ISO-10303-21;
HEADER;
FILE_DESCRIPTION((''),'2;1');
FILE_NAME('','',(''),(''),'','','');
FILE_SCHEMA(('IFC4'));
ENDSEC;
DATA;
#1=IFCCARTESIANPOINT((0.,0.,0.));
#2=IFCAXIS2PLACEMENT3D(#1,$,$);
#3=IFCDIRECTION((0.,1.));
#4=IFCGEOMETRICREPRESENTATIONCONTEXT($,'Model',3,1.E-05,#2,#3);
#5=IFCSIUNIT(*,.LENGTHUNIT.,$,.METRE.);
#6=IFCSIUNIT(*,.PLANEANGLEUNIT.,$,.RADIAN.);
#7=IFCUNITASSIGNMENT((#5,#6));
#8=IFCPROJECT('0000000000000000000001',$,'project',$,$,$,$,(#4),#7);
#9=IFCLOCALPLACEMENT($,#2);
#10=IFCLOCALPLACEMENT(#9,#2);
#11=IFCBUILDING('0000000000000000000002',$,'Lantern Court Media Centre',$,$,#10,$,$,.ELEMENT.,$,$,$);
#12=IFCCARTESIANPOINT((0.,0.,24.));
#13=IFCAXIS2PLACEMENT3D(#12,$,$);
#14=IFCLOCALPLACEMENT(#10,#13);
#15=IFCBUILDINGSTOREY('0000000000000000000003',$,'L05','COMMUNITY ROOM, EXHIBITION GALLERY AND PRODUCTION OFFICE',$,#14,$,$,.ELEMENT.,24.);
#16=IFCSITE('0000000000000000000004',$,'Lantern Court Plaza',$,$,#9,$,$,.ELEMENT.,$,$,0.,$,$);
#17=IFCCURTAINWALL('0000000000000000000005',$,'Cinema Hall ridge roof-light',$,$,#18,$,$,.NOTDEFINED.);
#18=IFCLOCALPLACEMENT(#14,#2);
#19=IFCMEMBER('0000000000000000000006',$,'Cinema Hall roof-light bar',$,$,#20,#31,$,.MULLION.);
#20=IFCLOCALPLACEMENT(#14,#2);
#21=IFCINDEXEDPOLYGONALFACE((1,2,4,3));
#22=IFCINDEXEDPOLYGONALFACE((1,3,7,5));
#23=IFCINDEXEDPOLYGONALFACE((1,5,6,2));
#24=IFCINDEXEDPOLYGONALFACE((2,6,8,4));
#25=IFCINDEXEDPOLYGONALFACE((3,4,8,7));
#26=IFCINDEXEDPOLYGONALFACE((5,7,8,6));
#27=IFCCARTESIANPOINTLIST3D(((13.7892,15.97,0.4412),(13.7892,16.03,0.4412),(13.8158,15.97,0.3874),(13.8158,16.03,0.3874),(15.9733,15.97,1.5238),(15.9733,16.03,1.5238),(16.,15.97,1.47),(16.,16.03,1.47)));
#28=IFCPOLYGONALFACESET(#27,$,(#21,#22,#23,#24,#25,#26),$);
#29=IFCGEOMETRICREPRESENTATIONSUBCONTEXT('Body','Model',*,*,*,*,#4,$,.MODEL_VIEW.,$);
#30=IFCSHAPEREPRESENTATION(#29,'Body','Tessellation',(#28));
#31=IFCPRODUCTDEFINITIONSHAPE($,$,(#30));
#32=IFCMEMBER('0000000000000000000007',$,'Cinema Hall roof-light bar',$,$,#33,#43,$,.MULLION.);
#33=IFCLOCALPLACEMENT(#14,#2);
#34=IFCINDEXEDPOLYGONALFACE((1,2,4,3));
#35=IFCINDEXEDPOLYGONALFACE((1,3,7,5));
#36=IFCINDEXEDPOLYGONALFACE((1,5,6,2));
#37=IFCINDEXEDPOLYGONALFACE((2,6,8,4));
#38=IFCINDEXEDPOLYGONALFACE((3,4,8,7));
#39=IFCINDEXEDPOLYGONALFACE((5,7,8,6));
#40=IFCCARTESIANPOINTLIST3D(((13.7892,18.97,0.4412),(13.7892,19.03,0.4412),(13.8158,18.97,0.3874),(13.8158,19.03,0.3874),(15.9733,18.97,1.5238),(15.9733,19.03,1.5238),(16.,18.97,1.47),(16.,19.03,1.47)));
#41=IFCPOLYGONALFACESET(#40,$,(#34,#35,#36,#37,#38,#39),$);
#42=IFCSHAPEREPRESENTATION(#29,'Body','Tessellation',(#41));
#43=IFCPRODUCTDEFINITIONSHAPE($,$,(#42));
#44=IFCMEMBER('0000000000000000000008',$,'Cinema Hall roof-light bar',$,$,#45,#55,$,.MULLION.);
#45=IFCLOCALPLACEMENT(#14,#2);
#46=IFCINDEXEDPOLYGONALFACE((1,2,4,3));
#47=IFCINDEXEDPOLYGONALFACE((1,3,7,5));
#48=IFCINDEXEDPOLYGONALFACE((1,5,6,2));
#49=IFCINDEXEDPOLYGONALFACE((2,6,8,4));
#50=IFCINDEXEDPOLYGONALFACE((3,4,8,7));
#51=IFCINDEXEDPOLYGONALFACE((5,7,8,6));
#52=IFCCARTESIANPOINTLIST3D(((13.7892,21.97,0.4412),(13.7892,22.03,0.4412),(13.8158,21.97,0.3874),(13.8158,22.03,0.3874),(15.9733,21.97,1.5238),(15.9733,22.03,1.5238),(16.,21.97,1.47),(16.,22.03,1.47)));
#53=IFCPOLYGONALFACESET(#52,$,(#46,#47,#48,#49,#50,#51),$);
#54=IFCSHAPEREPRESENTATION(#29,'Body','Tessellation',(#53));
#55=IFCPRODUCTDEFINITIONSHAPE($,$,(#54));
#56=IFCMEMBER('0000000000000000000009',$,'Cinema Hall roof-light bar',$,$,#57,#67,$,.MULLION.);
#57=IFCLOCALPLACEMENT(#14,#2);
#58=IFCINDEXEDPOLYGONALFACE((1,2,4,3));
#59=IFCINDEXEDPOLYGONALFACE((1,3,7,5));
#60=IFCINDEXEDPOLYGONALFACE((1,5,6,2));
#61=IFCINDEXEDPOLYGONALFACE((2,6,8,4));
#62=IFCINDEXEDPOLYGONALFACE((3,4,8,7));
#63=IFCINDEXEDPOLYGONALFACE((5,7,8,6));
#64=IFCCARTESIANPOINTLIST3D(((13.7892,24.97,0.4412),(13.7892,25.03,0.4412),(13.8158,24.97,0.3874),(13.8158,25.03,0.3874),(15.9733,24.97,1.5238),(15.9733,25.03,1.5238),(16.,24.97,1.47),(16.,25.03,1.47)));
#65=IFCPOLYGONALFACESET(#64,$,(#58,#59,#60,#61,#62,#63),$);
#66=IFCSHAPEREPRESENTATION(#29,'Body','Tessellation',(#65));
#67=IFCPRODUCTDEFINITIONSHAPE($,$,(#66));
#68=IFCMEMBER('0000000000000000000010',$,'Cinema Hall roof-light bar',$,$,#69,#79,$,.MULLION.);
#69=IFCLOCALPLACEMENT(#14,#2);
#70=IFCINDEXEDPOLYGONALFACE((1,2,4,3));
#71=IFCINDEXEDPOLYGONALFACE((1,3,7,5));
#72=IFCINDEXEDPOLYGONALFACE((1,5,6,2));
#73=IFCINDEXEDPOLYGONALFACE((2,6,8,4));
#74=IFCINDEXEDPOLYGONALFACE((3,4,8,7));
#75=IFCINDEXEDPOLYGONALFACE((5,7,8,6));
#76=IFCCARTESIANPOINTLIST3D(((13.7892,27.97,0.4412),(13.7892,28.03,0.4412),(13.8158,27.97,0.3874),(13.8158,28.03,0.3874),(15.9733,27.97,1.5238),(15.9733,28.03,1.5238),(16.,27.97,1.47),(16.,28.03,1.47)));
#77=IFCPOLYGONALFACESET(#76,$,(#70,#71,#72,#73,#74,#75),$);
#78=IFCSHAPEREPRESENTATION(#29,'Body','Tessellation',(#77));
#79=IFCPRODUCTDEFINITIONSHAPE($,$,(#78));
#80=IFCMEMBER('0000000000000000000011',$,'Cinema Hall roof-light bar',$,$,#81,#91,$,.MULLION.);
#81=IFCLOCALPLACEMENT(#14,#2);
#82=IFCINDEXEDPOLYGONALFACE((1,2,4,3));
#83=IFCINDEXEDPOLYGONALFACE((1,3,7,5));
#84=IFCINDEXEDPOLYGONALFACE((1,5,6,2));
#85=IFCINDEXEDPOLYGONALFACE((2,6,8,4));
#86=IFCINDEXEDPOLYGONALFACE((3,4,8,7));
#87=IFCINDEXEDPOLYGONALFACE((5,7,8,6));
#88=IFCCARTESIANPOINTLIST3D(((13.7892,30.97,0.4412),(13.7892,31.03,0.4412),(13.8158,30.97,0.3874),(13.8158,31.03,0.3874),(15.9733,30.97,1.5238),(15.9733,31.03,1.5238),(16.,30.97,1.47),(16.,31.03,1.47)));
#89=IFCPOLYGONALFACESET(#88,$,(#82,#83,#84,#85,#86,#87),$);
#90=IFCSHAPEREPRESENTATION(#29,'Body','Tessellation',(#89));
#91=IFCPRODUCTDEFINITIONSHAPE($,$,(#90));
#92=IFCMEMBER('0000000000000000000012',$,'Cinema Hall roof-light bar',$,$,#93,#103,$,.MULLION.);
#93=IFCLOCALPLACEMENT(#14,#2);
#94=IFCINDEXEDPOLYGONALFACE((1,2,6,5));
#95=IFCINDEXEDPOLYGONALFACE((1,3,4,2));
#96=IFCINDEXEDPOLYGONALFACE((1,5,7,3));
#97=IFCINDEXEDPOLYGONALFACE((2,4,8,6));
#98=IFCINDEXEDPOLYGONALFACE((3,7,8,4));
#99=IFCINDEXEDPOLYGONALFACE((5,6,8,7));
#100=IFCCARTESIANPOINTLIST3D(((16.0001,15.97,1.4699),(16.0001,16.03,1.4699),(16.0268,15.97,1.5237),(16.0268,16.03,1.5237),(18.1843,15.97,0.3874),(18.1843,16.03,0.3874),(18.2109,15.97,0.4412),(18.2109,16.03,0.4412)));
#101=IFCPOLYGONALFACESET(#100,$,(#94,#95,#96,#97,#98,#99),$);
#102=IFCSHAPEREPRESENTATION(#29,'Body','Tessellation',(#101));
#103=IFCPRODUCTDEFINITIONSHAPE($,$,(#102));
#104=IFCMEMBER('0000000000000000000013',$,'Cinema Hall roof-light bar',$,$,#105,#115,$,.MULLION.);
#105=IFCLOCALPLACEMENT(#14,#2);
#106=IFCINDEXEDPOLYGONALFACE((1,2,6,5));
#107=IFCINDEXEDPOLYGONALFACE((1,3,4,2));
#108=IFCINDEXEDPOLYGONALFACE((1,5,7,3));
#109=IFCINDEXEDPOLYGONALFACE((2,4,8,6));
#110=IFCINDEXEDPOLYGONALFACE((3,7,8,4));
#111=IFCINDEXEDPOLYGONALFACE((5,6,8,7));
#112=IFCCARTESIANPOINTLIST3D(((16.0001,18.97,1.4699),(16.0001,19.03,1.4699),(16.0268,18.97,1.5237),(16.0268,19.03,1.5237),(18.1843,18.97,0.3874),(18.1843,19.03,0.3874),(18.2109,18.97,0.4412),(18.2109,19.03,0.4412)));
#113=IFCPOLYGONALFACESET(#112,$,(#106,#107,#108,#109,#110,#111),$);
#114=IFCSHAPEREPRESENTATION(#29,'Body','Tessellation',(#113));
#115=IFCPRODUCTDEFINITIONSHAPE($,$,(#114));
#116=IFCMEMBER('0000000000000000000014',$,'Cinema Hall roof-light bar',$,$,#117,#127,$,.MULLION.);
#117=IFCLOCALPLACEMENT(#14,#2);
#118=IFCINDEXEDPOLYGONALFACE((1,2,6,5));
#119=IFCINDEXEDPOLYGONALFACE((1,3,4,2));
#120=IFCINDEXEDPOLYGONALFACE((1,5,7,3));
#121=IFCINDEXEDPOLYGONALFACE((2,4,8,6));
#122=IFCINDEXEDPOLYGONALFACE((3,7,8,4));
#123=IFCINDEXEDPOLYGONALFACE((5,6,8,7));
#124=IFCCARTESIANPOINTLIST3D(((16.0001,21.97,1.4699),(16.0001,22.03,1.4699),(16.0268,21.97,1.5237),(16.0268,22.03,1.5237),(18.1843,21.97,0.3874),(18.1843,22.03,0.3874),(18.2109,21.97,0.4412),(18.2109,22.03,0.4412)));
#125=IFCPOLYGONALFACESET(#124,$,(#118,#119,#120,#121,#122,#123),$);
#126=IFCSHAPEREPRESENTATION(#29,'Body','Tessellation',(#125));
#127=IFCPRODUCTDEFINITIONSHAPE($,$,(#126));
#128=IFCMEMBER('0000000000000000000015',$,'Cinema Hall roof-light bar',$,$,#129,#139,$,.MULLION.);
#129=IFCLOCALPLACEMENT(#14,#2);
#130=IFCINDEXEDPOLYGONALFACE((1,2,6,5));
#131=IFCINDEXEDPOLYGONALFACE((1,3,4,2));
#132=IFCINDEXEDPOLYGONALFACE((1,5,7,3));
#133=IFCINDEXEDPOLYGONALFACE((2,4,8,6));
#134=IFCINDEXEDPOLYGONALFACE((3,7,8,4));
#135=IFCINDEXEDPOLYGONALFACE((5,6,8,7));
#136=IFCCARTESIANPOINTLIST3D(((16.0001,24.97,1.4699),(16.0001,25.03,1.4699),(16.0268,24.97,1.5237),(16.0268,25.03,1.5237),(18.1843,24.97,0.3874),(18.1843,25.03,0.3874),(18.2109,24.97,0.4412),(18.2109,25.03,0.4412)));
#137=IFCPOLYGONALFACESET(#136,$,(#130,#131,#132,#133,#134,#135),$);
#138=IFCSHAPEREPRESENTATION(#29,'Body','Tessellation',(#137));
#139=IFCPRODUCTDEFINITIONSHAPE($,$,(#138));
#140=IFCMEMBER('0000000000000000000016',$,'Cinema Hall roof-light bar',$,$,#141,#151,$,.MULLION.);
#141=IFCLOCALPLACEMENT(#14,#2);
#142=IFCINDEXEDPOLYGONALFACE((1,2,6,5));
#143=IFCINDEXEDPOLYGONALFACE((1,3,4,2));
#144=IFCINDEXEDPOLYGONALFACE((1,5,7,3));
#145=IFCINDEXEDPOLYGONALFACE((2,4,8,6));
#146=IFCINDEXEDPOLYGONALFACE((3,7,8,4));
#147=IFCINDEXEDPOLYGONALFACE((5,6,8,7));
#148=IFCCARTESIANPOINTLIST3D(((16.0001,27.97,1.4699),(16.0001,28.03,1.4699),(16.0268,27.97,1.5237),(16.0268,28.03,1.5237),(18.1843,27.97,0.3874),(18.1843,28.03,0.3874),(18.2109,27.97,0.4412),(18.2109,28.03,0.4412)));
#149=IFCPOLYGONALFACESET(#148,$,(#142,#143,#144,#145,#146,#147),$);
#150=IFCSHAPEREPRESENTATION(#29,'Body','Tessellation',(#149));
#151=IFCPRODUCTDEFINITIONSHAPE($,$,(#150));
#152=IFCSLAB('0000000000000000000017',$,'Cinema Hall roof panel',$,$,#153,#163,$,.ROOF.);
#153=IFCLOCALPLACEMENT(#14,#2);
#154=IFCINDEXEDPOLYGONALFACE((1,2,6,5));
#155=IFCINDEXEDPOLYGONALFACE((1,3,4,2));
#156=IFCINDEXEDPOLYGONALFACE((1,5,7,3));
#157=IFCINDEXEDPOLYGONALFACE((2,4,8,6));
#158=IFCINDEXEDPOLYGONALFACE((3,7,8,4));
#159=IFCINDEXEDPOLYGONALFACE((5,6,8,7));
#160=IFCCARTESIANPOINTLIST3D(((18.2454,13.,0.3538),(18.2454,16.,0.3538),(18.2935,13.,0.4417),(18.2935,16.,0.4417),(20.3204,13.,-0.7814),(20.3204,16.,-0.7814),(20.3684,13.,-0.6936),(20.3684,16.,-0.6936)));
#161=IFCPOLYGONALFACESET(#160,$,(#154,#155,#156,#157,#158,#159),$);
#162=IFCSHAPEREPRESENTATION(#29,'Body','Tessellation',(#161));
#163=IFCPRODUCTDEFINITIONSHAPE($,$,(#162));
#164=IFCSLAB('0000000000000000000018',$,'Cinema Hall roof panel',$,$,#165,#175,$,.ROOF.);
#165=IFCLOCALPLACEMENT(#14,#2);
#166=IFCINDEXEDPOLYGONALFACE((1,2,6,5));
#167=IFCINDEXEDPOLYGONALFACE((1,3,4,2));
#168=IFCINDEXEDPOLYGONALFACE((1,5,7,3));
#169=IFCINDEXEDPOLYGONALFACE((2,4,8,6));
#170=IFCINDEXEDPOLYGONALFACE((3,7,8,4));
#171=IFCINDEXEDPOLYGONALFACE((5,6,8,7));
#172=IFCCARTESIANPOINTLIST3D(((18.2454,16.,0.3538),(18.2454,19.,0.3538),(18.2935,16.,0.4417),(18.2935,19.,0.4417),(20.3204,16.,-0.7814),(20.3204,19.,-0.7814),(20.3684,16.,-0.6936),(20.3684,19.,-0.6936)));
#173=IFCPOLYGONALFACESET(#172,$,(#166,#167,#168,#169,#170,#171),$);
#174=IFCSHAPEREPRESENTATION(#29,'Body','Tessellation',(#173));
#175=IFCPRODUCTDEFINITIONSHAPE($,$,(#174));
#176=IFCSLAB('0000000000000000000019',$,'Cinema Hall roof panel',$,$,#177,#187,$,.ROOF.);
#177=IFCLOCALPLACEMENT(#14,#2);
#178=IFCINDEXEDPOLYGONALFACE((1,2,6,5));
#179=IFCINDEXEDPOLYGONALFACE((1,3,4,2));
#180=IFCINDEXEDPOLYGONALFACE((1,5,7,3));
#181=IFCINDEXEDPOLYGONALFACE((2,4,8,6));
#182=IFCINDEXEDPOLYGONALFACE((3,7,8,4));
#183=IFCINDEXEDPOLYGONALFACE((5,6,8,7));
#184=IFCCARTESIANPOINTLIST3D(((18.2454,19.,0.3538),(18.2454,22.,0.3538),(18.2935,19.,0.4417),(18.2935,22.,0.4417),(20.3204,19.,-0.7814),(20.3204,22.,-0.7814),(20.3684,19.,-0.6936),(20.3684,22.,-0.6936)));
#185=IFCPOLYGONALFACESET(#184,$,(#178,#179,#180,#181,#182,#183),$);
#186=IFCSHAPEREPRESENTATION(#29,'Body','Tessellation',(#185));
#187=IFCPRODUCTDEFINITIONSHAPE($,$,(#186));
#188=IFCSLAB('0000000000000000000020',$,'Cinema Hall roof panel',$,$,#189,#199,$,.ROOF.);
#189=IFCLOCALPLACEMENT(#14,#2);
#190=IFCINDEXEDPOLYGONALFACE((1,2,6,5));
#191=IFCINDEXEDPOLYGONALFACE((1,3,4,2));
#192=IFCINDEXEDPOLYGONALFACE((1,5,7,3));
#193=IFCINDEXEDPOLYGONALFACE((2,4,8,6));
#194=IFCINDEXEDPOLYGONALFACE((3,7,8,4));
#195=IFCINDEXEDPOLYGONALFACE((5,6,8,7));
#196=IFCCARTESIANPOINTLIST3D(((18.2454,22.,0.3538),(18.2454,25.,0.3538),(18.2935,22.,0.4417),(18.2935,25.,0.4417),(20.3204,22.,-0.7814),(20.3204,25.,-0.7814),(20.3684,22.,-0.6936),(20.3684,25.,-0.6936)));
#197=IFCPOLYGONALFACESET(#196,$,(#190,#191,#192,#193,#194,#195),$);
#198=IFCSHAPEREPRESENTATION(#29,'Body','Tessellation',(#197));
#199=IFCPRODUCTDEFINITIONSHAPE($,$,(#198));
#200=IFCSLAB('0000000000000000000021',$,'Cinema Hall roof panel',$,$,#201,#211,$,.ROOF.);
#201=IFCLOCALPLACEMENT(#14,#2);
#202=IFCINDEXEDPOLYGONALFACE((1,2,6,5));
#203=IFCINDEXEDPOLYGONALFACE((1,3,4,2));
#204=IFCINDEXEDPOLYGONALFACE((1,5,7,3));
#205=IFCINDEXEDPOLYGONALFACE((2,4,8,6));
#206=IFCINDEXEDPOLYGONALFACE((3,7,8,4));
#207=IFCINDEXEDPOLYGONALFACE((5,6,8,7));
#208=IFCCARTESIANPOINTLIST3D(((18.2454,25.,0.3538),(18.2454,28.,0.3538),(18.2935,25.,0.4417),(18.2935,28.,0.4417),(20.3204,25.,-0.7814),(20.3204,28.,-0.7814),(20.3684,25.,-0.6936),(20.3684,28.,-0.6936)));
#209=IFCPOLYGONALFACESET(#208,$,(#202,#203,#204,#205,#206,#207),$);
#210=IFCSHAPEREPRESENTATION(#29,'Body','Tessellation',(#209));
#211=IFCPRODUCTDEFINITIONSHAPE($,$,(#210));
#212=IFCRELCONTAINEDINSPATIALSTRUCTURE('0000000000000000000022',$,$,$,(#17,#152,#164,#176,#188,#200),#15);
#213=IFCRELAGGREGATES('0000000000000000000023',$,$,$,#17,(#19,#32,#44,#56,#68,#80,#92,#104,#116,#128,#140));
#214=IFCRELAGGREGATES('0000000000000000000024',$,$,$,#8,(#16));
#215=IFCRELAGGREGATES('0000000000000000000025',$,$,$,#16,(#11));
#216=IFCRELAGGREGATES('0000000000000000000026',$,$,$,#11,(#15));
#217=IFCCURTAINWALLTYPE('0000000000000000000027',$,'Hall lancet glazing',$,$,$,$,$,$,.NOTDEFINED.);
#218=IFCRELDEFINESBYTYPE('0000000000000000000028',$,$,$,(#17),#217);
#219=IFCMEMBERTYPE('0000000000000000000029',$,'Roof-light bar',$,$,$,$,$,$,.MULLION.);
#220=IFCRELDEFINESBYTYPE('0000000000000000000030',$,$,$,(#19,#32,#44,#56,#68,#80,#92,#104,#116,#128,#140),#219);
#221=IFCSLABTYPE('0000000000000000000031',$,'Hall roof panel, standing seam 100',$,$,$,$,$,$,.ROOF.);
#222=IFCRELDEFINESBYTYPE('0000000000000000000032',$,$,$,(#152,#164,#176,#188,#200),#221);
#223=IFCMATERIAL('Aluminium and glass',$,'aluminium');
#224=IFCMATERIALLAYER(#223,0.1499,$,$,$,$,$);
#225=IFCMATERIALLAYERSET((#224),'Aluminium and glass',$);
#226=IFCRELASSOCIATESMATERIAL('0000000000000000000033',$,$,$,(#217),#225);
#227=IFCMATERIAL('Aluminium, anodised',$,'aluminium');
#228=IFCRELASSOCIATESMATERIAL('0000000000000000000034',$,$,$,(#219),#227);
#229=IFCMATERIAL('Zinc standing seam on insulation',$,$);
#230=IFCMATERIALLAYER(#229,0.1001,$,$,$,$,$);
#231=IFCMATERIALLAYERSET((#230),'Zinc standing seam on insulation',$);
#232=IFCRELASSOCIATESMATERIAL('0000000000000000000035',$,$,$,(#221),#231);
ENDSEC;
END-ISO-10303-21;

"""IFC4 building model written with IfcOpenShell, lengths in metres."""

from ifc_helpers import new_model, si_unit, direction, frame, origin, origin_2d, place, context, subcontext, project, spatial, polyline, rectangle, outline, extrude, material, layer, layer_set, material_profile, profile_set, type_object, element, aggregate, save


model = new_model("IFC4")

# Units and contexts
model_context = context("Model", 3, precision=1e-05, world=origin(), true_north=direction((0.0, 1.0)))
body_context = subcontext(model_context, "Body", "Model", "MODEL_VIEW")
ifc_project = project(units=[si_unit("LENGTHUNIT", "METRE"), si_unit("PLANEANGLEUNIT", "RADIAN")], contexts=[model_context])

# Site, building, storey
site_placement = place(None, origin())
site = spatial("IfcSite", under=ifc_project, at=site_placement, Name="Lantern Court Plaza", CompositionType="ELEMENT", RefElevation=0.0)
building_placement = place(site_placement, origin())
building = spatial("IfcBuilding", under=site, at=building_placement, Name="Lantern Court Media Centre", CompositionType="ELEMENT")
storey_placement = place(building_placement, frame((0.0, 0.0, 24.0)))
storey = spatial("IfcBuildingStorey", under=building, at=storey_placement, Name="L05", Description="COMMUNITY ROOM, EXHIBITION GALLERY AND PRODUCTION OFFICE", CompositionType="ELEMENT", Elevation=24.0)

# Curtain wall, members
ifc_material_1 = material(Name="Aluminium and glass", Category="aluminium")
ifc_layer_1 = layer(ifc_material_1, 0.1499)
ifc_layer_set_1 = layer_set([ifc_layer_1], Name="Aluminium and glass")
curtain_wall_type = type_object("IfcCurtainWallType", Name="Hall lancet glazing", PredefinedType="NOTDEFINED", material=ifc_layer_set_1)
curtain_wall_placement = place(storey_placement, origin())
curtain_wall = element("IfcCurtainWall", 1, at=curtain_wall_placement, inside=storey, type_object=curtain_wall_type, Name="Cinema Hall ridge roof-light", PredefinedType="NOTDEFINED")
ifc_material_2 = material(Name="Aluminium, anodised", Category="aluminium")
ifc_material_profile = material_profile(ifc_material_2, rectangle(XDim=0.0601, YDim=0.0601, at=origin_2d()), Name="Roof-light bar")
ifc_profile_set = profile_set([ifc_material_profile], Name="Aluminium, anodised")
member_type = type_object("IfcMemberType", Name="Roof-light bar", PredefinedType="MULLION", material=ifc_profile_set)
member_1_placement = place(storey_placement, frame((13.8025, 16.0, 0.4143), z_axis=(0.895984, 0.0, 0.444086), x_axis=(0.0, 1.0, 0.0)))
member_1 = element("IfcMember", 2, at=member_1_placement, type_object=member_type, Name="Cinema Hall roof-light bar", PredefinedType="MULLION", context=body_context, shape_type="SweptSolid", body=[
    extrude(rectangle(XDim=0.0601, YDim=0.0601, at=origin_2d()), origin(), (0.0, 0.0, 1.0), 2.4377),
])
member_2_placement = place(storey_placement, frame((13.8025, 19.0, 0.4143), z_axis=(0.895984, 0.0, 0.444086), x_axis=(0.0, 1.0, 0.0)))
member_2 = element("IfcMember", 3, at=member_2_placement, type_object=member_type, Name="Cinema Hall roof-light bar", PredefinedType="MULLION", context=body_context, shape_type="SweptSolid", body=[
    extrude(rectangle(XDim=0.0601, YDim=0.0601, at=origin_2d()), origin(), (0.0, 0.0, 1.0), 2.4377),
])
member_3_placement = place(storey_placement, frame((13.8025, 22.0, 0.4143), z_axis=(0.895984, 0.0, 0.444086), x_axis=(0.0, 1.0, 0.0)))
member_3 = element("IfcMember", 4, at=member_3_placement, type_object=member_type, Name="Cinema Hall roof-light bar", PredefinedType="MULLION", context=body_context, shape_type="SweptSolid", body=[
    extrude(rectangle(XDim=0.0601, YDim=0.0601, at=origin_2d()), origin(), (0.0, 0.0, 1.0), 2.4377),
])
member_4_placement = place(storey_placement, frame((13.8025, 25.0, 0.4143), z_axis=(0.895984, 0.0, 0.444086), x_axis=(0.0, 1.0, 0.0)))
member_4 = element("IfcMember", 5, at=member_4_placement, type_object=member_type, Name="Cinema Hall roof-light bar", PredefinedType="MULLION", context=body_context, shape_type="SweptSolid", body=[
    extrude(rectangle(XDim=0.0601, YDim=0.0601, at=origin_2d()), origin(), (0.0, 0.0, 1.0), 2.4377),
])
member_5_placement = place(storey_placement, frame((13.8025, 28.0, 0.4143), z_axis=(0.895984, 0.0, 0.444086), x_axis=(0.0, 1.0, 0.0)))
member_5 = element("IfcMember", 6, at=member_5_placement, type_object=member_type, Name="Cinema Hall roof-light bar", PredefinedType="MULLION", context=body_context, shape_type="SweptSolid", body=[
    extrude(rectangle(XDim=0.0601, YDim=0.0601, at=origin_2d()), origin(), (0.0, 0.0, 1.0), 2.4377),
])
member_6_placement = place(storey_placement, frame((13.8025, 31.0, 0.4143), z_axis=(0.895984, 0.0, 0.444086), x_axis=(0.0, 1.0, 0.0)))
member_6 = element("IfcMember", 7, at=member_6_placement, type_object=member_type, Name="Cinema Hall roof-light bar", PredefinedType="MULLION", context=body_context, shape_type="SweptSolid", body=[
    extrude(rectangle(XDim=0.0601, YDim=0.0601, at=origin_2d()), origin(), (0.0, 0.0, 1.0), 2.4377),
])
member_7_placement = place(storey_placement, frame((16.0134, 16.0, 1.4968), z_axis=(0.895984, 0.0, -0.444086), x_axis=(0.0, 1.0, 0.0)))
member_7 = element("IfcMember", 8, at=member_7_placement, type_object=member_type, Name="Cinema Hall roof-light bar", PredefinedType="MULLION", context=body_context, shape_type="SweptSolid", body=[
    extrude(rectangle(XDim=0.0601, YDim=0.0601, at=origin_2d()), origin(), (0.0, 0.0, 1.0), 2.4377),
])
member_8_placement = place(storey_placement, frame((16.0134, 19.0, 1.4968), z_axis=(0.895984, 0.0, -0.444086), x_axis=(0.0, 1.0, 0.0)))
member_8 = element("IfcMember", 9, at=member_8_placement, type_object=member_type, Name="Cinema Hall roof-light bar", PredefinedType="MULLION", context=body_context, shape_type="SweptSolid", body=[
    extrude(rectangle(XDim=0.0601, YDim=0.0601, at=origin_2d()), origin(), (0.0, 0.0, 1.0), 2.4377),
])
member_9_placement = place(storey_placement, frame((16.0134, 22.0, 1.4968), z_axis=(0.895984, 0.0, -0.444086), x_axis=(0.0, 1.0, 0.0)))
member_9 = element("IfcMember", 10, at=member_9_placement, type_object=member_type, Name="Cinema Hall roof-light bar", PredefinedType="MULLION", context=body_context, shape_type="SweptSolid", body=[
    extrude(rectangle(XDim=0.0601, YDim=0.0601, at=origin_2d()), origin(), (0.0, 0.0, 1.0), 2.4377),
])
member_10_placement = place(storey_placement, frame((16.0134, 25.0, 1.4968), z_axis=(0.895984, 0.0, -0.444086), x_axis=(0.0, 1.0, 0.0)))
member_10 = element("IfcMember", 11, at=member_10_placement, type_object=member_type, Name="Cinema Hall roof-light bar", PredefinedType="MULLION", context=body_context, shape_type="SweptSolid", body=[
    extrude(rectangle(XDim=0.0601, YDim=0.0601, at=origin_2d()), origin(), (0.0, 0.0, 1.0), 2.4377),
])
member_11_placement = place(storey_placement, frame((16.0134, 28.0, 1.4968), z_axis=(0.895984, 0.0, -0.444086), x_axis=(0.0, 1.0, 0.0)))
member_11 = element("IfcMember", 12, at=member_11_placement, type_object=member_type, Name="Cinema Hall roof-light bar", PredefinedType="MULLION", context=body_context, shape_type="SweptSolid", body=[
    extrude(rectangle(XDim=0.0601, YDim=0.0601, at=origin_2d()), origin(), (0.0, 0.0, 1.0), 2.4377),
])

# Slabs
ifc_material_3 = material(Name="Zinc standing seam on insulation")
ifc_layer_2 = layer(ifc_material_3, 0.1001)
ifc_layer_set_2 = layer_set([ifc_layer_2], Name="Zinc standing seam on insulation")
slab_type = type_object("IfcSlabType", Name="Hall roof panel, standing seam 100", PredefinedType="ROOF", material=ifc_layer_set_2)
for number, where, z_axis, x_axis, name in (
    (13, (18.2935, 13.0, 0.4417), (0.47998, 0.0, 0.877279), (0.877279, 0.0, -0.47998), "Cinema Hall roof panel"),
    (14, (18.2935, 16.0, 0.4417), (0.47998, 0.0, 0.877279), (0.877279, 0.0, -0.47998), "Cinema Hall roof panel"),
    (15, (18.2935, 19.0, 0.4417), (0.47998, 0.0, 0.877279), (0.877279, 0.0, -0.47998), "Cinema Hall roof panel"),
    (16, (18.2935, 22.0, 0.4417), (0.47998, 0.0, 0.877279), (0.877279, 0.0, -0.47998), "Cinema Hall roof panel"),
    (17, (18.2935, 25.0, 0.4417), (0.47998, 0.0, 0.877279), (0.877279, 0.0, -0.47998), "Cinema Hall roof panel"),
):
    element("IfcSlab", number, at=place(storey_placement, frame(where, z_axis=z_axis, x_axis=x_axis)), inside=storey, type_object=slab_type, Name=name, PredefinedType="ROOF", context=body_context, shape_type="SweptSolid", body=[
        extrude(outline(polyline([(0.0, 0.0), (2.3652, 0.0), (2.3652, 3.0), (0.0, 3.0), (0.0, 0.0)])), origin(), (0.0, 0.0, -1.0), 0.1001),
    ])

aggregate(curtain_wall, [member_1, member_2, member_3, member_4, member_5, member_6, member_7, member_8, member_9, member_10, member_11])

save(model, "model.ifc")
